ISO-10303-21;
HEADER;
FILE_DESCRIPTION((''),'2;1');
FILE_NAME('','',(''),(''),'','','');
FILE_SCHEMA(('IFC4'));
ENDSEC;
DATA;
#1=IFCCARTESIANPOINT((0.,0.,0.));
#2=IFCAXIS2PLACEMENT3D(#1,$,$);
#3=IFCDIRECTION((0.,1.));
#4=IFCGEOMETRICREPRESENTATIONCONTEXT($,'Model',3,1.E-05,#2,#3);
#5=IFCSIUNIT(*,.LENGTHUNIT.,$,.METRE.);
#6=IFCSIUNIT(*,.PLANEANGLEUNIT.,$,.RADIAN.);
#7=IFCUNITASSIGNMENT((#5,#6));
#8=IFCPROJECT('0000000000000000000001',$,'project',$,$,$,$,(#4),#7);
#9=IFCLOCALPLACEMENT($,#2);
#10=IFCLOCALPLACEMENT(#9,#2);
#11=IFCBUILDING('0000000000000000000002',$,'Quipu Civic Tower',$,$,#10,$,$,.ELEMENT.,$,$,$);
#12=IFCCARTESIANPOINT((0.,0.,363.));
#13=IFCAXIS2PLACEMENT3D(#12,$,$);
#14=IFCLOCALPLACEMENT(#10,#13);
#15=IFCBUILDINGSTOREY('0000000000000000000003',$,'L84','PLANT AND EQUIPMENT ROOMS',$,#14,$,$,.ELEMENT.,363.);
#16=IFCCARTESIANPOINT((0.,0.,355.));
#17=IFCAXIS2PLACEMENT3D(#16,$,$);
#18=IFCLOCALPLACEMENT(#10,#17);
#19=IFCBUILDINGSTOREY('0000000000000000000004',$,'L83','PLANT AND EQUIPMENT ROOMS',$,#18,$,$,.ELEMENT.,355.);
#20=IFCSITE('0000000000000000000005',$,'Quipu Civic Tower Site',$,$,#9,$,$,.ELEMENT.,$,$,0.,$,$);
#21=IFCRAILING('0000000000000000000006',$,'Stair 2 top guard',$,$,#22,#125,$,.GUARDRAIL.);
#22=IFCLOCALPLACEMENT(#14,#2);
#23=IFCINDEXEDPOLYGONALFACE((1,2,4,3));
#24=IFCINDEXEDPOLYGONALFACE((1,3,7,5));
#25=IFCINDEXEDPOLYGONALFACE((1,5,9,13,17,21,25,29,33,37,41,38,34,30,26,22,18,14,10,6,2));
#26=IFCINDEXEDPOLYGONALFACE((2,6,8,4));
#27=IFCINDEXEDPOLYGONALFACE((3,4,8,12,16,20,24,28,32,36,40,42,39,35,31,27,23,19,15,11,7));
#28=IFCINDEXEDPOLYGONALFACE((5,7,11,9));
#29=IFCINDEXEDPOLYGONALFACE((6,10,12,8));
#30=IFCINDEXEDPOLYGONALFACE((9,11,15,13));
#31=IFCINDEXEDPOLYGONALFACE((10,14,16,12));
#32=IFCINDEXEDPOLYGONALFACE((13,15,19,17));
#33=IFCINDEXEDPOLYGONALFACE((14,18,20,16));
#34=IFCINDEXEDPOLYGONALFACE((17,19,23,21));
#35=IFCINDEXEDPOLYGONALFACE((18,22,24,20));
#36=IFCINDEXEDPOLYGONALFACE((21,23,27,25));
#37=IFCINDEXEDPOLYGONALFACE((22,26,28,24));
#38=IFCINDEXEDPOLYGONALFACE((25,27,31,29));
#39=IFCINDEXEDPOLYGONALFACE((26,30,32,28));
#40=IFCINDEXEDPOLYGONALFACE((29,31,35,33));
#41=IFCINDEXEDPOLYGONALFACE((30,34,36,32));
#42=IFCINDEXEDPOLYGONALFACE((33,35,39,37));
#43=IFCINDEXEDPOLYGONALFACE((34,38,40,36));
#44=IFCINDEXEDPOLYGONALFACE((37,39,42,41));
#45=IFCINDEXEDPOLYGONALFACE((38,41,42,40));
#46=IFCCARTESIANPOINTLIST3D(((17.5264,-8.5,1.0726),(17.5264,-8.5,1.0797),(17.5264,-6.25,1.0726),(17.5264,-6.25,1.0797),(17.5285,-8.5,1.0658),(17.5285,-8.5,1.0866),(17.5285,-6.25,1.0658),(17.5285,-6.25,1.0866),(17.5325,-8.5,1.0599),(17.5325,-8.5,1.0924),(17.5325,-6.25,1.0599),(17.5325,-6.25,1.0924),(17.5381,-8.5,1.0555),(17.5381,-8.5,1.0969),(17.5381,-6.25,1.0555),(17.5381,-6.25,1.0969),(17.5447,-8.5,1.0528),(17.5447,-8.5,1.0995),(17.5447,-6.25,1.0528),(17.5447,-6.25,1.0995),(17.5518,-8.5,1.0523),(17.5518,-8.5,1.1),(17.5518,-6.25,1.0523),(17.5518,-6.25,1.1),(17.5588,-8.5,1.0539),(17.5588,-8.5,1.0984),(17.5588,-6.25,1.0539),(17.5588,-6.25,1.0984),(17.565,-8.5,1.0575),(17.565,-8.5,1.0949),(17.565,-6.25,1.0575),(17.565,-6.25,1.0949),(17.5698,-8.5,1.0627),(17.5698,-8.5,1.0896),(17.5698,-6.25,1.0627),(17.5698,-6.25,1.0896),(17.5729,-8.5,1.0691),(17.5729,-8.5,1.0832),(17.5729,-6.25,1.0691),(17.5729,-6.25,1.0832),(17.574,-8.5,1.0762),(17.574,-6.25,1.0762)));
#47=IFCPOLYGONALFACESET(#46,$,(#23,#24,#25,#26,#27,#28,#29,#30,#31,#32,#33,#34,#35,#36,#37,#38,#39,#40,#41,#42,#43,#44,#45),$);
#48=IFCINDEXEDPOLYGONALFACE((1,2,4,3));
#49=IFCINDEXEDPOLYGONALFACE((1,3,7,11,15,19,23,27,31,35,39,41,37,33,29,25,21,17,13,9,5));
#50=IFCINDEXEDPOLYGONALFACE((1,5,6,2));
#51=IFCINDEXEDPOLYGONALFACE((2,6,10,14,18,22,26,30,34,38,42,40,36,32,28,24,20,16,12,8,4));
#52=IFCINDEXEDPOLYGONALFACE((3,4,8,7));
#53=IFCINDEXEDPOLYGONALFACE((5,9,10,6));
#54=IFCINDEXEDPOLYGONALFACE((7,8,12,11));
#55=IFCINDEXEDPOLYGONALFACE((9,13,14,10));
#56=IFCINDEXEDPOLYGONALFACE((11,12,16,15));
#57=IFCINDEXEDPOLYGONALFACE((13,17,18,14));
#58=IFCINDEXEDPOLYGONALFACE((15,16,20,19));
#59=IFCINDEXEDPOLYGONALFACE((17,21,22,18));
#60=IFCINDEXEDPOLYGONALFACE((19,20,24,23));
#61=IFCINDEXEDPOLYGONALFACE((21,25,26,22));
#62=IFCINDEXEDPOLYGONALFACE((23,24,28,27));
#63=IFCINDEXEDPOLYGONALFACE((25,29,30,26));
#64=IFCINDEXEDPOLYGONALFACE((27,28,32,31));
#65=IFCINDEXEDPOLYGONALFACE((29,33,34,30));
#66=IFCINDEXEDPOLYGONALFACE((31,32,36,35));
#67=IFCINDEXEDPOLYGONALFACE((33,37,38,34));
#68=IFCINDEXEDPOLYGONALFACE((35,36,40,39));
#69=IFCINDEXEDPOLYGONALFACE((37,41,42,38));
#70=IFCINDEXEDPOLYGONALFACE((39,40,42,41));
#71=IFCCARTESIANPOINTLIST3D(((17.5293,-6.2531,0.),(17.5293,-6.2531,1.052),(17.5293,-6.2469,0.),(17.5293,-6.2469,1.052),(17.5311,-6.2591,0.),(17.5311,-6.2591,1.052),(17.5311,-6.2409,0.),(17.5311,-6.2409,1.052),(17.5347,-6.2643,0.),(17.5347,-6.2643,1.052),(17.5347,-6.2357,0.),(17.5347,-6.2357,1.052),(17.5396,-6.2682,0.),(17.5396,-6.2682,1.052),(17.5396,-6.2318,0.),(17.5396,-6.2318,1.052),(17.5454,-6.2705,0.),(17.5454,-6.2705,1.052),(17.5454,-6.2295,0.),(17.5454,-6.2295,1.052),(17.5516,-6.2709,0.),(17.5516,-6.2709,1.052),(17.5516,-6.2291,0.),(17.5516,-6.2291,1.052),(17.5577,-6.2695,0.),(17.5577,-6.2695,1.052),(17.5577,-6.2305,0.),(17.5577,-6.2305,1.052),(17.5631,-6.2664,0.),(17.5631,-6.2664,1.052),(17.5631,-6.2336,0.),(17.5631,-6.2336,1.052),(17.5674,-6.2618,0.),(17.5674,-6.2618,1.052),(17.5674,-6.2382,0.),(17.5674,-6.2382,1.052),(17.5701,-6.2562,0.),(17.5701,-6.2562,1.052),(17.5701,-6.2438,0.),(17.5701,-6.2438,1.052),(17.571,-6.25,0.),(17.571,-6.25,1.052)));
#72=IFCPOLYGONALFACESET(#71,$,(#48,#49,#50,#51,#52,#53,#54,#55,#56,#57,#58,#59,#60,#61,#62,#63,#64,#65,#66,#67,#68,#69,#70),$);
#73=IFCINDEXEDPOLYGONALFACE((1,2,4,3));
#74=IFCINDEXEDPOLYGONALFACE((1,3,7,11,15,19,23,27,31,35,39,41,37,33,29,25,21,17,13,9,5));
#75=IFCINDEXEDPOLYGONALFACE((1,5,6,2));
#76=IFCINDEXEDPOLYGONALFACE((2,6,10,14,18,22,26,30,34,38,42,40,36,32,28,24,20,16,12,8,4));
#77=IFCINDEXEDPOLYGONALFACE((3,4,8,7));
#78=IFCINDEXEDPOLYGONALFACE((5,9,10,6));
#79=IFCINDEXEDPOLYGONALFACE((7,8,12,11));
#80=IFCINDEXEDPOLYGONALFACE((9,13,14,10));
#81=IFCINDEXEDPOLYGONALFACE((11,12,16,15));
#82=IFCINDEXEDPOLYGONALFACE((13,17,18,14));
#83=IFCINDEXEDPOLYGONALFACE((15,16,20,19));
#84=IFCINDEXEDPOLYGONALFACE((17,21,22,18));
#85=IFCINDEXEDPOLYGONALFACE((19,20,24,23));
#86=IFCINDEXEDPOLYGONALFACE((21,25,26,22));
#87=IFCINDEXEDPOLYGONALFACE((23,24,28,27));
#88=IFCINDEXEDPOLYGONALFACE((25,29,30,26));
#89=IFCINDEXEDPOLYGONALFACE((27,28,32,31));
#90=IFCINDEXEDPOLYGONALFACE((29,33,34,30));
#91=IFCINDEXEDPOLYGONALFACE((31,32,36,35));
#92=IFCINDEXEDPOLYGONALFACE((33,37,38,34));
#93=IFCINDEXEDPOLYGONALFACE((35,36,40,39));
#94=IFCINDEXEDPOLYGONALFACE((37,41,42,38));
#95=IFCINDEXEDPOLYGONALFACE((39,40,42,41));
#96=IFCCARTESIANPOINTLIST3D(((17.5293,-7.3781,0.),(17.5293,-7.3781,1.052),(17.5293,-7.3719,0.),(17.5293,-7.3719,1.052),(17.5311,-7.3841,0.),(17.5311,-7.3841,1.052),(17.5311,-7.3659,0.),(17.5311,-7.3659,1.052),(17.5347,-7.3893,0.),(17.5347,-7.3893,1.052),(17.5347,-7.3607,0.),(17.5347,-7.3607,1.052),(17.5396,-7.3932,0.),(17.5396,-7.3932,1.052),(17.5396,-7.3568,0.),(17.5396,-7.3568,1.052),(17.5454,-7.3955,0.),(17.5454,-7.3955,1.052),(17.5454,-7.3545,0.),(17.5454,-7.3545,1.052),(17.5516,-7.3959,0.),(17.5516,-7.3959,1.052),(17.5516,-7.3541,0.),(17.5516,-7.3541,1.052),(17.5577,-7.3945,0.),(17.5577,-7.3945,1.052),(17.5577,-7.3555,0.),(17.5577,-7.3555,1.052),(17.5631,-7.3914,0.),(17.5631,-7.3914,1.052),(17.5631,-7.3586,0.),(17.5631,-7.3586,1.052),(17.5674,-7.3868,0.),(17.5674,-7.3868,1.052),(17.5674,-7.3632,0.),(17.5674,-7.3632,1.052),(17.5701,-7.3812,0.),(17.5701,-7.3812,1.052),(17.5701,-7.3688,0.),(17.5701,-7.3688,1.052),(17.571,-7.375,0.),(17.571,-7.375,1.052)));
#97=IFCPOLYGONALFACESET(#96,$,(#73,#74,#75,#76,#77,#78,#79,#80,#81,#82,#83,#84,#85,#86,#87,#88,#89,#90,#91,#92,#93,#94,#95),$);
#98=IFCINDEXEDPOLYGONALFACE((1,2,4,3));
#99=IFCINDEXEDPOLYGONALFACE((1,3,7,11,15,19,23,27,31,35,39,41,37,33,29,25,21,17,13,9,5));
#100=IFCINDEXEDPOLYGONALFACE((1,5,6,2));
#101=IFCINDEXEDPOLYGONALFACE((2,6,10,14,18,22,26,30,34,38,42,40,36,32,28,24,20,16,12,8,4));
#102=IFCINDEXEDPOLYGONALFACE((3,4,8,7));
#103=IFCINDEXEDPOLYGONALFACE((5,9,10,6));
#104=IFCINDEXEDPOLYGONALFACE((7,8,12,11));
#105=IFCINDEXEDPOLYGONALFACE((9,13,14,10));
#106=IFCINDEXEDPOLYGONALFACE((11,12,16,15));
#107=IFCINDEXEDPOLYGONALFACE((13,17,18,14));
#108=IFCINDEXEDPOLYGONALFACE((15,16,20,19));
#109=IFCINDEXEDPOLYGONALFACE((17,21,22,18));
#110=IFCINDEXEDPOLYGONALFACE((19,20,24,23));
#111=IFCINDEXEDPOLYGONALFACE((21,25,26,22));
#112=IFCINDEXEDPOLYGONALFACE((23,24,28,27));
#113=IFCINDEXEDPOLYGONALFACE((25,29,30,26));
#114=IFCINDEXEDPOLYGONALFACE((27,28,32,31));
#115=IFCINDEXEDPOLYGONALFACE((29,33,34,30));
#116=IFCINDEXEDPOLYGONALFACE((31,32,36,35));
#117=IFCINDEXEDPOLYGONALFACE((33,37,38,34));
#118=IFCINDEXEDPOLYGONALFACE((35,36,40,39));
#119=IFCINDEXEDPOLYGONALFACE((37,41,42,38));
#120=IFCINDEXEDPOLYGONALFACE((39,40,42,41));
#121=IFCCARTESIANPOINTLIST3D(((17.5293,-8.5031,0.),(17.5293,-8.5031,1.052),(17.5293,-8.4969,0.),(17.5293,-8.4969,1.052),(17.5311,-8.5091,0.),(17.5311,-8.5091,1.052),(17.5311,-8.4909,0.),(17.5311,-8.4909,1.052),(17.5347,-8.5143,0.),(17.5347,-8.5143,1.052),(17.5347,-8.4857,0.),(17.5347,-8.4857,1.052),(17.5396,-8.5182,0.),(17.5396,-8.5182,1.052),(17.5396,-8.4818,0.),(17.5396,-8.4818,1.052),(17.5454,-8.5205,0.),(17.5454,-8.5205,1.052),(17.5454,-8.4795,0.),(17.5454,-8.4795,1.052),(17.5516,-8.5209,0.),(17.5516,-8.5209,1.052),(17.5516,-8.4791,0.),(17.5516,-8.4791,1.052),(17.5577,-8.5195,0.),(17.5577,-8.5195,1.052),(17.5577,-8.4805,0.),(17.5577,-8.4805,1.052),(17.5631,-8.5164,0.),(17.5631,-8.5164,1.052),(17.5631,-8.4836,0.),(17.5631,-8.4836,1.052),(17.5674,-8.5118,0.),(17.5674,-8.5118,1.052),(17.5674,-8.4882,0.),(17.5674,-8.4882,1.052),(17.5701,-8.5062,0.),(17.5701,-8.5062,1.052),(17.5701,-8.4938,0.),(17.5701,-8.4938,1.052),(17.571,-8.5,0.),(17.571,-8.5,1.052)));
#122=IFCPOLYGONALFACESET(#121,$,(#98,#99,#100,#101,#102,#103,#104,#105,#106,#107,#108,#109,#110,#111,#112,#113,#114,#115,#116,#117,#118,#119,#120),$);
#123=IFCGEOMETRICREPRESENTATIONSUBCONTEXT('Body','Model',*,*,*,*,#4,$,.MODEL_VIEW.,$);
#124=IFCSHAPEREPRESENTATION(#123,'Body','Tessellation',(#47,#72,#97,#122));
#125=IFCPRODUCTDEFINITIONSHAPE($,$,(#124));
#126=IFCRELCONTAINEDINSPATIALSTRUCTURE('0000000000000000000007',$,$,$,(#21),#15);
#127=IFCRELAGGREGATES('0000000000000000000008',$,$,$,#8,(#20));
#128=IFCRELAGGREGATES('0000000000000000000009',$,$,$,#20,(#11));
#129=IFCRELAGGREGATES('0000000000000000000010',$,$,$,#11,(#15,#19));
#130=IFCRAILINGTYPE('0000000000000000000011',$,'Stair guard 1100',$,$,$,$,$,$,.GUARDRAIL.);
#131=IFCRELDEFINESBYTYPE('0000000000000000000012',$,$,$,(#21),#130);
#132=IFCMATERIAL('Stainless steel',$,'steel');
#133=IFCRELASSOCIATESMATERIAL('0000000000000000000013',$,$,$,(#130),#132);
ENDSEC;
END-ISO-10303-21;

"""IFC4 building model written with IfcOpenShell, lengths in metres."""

from ifc_helpers import new_model, si_unit, direction, frame, origin, origin_2d, place, context, subcontext, project, spatial, circle, extrude, material, type_object, element, save


model = new_model("IFC4")

# Units and contexts
model_context = context("Model", 3, precision=1e-05, world=origin(), true_north=direction((0.0, 1.0)))
body_context = subcontext(model_context, "Body", "Model", "MODEL_VIEW")
ifc_project = project(units=[si_unit("LENGTHUNIT", "METRE"), si_unit("PLANEANGLEUNIT", "RADIAN")], contexts=[model_context])

# Site, building, storey
site_placement = place(None, origin())
site = spatial("IfcSite", under=ifc_project, at=site_placement, Name="Quipu Civic Tower Site", CompositionType="ELEMENT", RefElevation=0.0)
building_placement = place(site_placement, origin())
building = spatial("IfcBuilding", under=site, at=building_placement, Name="Quipu Civic Tower", CompositionType="ELEMENT")
storey_1_placement = place(building_placement, frame((0.0, 0.0, 363.0)))
storey_1 = spatial("IfcBuildingStorey", under=building, at=storey_1_placement, Name="L84", Description="PLANT AND EQUIPMENT ROOMS", CompositionType="ELEMENT", Elevation=363.0)

# Shared definitions
storey_2_placement = place(building_placement, frame((0.0, 0.0, 355.0)))
storey_2 = spatial("IfcBuildingStorey", under=building, at=storey_2_placement, Name="L83", Description="PLANT AND EQUIPMENT ROOMS", CompositionType="ELEMENT", Elevation=355.0)

# Railing
ifc_material_1 = material(Name="Stainless steel", Category="steel")
railing_type = type_object("IfcRailingType", Name="Stair guard 1100", PredefinedType="GUARDRAIL", material=ifc_material_1)
railing_placement = place(storey_1_placement, frame((17.55, -6.25, 0.0)))
element("IfcRailing", 1, at=railing_placement, inside=storey_1, type_object=railing_type, Name="Stair 2 top guard", PredefinedType="GUARDRAIL", context=body_context, shape_type="SweptSolid", body=[
    extrude(circle(Radius=0.0239, at=origin_2d()), frame((0.0, 0.0, 1.0762), z_axis=(0.0, -1.0, 0.0), x_axis=(1.0, 0.0, 0.0)), (0.0, 0.0, 1.0), 2.25),
    extrude(circle(Radius=0.021, at=origin_2d()), origin(), (0.0, 0.0, 1.0), 1.052),
    extrude(circle(Radius=0.021, at=origin_2d()), frame((0.0, -1.125, 0.0)), (0.0, 0.0, 1.0), 1.052),
    extrude(circle(Radius=0.021, at=origin_2d()), frame((0.0, -2.25, 0.0)), (0.0, 0.0, 1.0), 1.052),
])

save(model, "model.ifc")
